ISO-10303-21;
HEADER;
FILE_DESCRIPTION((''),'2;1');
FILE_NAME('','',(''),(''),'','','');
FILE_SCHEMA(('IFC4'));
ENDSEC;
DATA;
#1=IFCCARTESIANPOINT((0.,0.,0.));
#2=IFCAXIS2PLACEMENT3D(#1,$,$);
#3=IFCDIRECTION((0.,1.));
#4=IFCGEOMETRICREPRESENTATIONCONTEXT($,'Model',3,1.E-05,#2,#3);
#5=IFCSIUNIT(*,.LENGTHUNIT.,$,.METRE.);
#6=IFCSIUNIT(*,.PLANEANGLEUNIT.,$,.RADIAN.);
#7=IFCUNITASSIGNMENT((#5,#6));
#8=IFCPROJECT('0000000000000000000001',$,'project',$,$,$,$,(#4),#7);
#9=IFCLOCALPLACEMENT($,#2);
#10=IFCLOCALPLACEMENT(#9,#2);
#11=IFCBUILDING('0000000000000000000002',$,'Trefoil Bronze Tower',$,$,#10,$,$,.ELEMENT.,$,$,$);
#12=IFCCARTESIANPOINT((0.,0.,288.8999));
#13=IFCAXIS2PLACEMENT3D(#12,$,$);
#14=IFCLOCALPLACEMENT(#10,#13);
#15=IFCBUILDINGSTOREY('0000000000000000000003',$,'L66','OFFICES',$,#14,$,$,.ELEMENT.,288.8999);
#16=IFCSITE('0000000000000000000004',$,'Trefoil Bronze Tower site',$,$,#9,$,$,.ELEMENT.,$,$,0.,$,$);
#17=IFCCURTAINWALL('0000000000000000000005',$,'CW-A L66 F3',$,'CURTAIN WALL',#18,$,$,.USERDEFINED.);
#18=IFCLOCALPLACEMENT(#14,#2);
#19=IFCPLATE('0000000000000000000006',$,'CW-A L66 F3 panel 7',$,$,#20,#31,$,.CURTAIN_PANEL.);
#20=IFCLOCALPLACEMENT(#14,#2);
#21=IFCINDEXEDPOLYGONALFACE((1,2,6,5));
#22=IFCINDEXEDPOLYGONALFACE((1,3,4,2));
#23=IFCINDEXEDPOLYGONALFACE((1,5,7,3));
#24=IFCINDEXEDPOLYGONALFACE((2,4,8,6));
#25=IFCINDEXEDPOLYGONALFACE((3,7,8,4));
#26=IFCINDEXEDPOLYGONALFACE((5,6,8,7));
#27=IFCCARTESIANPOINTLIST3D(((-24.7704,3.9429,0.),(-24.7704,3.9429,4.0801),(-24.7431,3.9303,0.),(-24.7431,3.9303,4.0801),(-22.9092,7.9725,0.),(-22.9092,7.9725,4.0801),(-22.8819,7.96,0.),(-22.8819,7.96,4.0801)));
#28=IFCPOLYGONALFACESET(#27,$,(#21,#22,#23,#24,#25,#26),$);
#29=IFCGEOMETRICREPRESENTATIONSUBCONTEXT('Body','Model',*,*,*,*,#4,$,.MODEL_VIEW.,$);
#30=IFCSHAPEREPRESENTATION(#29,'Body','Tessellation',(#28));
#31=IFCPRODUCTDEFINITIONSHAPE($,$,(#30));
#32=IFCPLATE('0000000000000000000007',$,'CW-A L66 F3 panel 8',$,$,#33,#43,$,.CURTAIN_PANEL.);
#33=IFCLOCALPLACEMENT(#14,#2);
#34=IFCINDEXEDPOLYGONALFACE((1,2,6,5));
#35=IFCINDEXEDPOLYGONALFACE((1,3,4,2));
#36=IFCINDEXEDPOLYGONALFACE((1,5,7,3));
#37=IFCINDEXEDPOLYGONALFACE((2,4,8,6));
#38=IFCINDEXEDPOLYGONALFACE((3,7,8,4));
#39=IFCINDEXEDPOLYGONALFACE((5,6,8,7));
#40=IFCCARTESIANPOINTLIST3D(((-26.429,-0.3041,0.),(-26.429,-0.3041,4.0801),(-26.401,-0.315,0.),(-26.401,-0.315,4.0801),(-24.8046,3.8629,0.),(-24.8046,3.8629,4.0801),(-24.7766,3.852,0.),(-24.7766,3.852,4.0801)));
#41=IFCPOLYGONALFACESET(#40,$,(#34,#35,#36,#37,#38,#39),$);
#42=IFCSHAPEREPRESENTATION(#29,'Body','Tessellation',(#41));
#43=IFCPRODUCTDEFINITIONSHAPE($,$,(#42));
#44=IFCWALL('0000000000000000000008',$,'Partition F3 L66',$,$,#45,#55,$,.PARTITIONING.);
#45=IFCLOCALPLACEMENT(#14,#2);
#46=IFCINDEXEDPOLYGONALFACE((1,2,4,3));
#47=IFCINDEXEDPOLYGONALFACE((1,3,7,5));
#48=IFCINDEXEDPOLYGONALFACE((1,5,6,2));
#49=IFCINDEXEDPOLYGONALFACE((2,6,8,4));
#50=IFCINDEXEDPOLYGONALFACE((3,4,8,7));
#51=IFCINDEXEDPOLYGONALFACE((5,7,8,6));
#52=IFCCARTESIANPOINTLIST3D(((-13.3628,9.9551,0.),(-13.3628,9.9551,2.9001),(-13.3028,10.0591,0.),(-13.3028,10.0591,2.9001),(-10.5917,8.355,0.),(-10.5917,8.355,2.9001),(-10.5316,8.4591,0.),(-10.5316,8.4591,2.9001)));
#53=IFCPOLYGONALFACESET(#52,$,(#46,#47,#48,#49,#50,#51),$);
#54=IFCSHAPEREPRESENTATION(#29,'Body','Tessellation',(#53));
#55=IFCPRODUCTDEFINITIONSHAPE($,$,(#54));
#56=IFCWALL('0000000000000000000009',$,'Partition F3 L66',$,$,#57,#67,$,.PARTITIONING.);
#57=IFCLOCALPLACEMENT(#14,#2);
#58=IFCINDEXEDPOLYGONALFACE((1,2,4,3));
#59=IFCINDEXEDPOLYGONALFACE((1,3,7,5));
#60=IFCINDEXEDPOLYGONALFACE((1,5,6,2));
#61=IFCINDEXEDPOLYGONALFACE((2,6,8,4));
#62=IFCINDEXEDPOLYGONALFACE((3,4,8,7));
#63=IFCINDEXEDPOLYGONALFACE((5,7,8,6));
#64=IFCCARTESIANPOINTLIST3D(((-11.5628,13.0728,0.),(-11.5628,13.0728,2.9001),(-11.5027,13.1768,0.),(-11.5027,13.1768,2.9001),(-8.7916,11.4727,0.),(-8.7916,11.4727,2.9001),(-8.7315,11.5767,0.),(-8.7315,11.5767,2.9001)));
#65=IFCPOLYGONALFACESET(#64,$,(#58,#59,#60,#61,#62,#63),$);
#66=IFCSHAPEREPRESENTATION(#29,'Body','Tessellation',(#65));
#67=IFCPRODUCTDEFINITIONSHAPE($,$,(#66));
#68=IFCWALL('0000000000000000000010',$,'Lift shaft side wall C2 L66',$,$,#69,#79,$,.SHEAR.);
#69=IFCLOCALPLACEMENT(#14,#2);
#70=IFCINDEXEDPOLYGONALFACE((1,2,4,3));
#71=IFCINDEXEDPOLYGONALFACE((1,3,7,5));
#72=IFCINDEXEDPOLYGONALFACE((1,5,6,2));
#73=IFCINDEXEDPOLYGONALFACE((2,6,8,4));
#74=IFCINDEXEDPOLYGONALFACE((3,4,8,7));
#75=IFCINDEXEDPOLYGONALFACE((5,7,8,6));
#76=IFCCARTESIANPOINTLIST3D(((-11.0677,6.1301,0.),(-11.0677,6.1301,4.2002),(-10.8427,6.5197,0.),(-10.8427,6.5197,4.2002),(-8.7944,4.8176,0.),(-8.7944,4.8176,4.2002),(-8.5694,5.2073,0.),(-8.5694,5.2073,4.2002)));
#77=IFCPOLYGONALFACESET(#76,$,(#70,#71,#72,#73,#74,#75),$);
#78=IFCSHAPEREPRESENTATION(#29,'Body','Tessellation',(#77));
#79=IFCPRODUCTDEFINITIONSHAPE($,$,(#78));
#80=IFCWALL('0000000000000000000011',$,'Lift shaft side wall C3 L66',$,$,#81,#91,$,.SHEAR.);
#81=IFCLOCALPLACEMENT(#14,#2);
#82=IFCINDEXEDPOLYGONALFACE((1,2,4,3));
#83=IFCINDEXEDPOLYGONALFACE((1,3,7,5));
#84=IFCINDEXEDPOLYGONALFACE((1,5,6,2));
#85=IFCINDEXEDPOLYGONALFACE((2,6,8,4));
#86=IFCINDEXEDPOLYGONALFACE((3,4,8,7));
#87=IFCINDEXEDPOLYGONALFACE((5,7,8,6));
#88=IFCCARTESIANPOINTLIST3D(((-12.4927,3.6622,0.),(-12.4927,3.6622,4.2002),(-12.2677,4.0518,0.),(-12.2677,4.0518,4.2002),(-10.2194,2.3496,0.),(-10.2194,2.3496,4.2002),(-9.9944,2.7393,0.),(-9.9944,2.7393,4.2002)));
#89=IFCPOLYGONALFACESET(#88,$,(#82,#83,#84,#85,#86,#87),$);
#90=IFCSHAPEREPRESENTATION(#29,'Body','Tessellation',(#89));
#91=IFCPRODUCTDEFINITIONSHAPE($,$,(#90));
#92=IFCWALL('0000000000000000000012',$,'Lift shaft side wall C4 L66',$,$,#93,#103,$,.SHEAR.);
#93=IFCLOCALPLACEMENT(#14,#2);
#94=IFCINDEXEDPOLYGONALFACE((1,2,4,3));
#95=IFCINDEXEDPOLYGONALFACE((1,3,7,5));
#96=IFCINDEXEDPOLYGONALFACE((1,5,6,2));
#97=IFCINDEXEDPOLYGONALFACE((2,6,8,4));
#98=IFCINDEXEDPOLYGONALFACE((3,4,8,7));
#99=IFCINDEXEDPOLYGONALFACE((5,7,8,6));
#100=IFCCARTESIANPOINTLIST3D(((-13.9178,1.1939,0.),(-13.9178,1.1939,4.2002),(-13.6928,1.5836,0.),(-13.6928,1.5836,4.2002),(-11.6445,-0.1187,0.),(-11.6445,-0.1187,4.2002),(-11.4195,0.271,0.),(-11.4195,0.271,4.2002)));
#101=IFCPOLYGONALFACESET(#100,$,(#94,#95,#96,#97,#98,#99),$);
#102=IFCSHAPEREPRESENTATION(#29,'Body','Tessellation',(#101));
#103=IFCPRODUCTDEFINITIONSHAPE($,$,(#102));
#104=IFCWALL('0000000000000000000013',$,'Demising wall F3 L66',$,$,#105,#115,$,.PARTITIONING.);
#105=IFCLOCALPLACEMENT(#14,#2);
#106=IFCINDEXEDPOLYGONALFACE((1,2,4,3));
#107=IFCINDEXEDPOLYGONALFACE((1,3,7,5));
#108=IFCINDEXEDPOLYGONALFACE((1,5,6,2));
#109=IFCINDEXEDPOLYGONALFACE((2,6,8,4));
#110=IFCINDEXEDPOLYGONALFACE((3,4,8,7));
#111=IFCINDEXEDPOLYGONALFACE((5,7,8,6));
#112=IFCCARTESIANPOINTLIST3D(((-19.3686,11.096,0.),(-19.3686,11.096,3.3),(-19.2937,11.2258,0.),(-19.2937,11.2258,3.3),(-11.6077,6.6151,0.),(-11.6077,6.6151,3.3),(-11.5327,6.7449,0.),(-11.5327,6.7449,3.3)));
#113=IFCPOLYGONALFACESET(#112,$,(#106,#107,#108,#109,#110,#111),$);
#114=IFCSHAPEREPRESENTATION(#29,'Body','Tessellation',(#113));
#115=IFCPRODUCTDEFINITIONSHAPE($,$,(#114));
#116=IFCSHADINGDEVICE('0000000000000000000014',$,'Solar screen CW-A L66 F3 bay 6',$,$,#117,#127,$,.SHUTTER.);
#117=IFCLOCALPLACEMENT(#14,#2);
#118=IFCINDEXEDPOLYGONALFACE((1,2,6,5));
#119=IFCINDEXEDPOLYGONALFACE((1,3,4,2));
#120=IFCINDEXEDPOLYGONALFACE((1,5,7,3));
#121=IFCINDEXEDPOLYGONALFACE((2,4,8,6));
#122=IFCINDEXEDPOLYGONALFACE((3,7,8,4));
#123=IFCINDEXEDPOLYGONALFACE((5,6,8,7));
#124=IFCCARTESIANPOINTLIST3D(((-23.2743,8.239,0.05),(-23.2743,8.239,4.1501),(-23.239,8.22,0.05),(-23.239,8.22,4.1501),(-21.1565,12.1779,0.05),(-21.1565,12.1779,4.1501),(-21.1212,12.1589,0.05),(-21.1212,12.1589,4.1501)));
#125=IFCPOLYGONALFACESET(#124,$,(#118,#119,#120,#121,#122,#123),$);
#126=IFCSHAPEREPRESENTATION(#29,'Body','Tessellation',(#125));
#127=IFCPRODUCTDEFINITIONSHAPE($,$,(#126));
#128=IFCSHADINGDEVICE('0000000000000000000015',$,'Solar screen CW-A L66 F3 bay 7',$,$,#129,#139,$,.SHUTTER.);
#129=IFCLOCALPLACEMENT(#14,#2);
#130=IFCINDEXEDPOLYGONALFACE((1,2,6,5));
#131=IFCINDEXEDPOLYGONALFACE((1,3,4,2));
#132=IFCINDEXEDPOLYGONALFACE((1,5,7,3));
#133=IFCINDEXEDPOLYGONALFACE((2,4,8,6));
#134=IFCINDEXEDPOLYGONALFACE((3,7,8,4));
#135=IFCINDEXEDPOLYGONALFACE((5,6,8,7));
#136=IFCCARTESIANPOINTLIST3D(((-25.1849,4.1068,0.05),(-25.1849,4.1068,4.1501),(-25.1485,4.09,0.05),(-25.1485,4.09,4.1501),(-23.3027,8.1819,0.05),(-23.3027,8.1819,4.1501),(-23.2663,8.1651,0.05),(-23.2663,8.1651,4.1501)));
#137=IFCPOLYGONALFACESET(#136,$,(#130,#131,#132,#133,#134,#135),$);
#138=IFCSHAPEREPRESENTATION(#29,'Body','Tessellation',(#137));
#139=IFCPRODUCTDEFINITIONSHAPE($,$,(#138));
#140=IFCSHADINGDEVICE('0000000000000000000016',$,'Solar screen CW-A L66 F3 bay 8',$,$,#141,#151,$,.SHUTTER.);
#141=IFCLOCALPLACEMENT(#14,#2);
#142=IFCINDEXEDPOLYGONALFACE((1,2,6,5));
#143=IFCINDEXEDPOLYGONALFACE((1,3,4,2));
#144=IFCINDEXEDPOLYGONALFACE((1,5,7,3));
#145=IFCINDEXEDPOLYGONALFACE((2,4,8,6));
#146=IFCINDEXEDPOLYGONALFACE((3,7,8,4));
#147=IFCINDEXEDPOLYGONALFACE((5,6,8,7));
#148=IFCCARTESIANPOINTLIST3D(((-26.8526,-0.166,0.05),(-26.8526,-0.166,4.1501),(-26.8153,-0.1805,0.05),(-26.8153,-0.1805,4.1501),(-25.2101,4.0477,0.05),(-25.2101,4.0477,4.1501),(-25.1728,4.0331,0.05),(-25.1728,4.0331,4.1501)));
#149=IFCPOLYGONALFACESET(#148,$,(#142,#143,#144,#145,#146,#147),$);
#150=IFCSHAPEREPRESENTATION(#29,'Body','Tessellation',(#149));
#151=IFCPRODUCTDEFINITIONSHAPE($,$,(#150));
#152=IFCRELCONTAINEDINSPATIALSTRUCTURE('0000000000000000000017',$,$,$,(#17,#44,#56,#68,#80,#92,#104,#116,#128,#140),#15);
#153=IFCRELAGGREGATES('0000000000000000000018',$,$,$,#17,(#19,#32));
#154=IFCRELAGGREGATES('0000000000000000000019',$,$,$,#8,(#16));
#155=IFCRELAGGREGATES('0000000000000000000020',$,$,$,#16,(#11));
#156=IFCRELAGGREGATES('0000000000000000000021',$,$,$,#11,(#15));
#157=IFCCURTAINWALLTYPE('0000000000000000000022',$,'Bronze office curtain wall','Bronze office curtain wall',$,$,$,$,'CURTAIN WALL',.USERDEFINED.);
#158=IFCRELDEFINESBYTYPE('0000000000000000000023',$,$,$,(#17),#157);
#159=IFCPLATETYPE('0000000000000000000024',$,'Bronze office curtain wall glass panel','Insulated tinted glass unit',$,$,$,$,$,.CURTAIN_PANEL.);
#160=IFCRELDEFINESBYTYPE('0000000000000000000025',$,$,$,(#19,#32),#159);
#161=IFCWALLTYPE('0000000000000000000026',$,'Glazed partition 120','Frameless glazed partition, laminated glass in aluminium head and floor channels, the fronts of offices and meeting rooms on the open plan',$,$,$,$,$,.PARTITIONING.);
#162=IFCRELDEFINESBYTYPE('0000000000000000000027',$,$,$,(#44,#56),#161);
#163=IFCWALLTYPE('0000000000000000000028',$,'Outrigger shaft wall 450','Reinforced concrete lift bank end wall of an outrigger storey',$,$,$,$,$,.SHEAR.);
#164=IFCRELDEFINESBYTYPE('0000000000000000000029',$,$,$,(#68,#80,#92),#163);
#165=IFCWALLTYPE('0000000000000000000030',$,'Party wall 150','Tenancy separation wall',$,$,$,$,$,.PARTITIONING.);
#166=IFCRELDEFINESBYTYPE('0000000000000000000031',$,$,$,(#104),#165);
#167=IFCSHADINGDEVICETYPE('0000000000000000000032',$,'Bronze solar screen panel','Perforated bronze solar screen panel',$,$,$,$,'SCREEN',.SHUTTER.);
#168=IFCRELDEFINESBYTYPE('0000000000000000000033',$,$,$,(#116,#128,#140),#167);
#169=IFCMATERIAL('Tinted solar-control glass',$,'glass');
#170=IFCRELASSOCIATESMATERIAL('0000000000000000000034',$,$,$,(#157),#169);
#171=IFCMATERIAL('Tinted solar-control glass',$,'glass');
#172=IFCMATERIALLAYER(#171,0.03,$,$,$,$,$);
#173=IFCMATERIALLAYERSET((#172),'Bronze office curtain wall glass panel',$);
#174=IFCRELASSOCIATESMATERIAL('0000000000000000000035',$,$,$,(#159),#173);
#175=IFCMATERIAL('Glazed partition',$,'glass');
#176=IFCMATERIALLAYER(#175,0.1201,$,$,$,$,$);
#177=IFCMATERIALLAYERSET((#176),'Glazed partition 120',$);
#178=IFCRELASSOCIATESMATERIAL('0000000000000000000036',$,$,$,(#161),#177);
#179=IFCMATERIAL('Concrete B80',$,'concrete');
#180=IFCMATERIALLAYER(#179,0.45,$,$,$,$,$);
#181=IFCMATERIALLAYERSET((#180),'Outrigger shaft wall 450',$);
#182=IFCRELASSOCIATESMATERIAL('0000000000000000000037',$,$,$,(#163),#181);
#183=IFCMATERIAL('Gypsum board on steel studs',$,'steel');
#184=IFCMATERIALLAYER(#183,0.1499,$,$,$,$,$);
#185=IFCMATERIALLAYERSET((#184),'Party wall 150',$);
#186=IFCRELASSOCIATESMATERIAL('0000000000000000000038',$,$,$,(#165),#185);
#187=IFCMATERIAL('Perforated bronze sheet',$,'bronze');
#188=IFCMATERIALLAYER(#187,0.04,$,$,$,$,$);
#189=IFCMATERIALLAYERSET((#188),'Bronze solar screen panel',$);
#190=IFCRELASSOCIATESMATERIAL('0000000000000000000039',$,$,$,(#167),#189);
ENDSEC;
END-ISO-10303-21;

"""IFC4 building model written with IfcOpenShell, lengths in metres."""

from ifc_helpers import new_model, si_unit, direction, frame, frame_2d, origin, origin_2d, place, context, subcontext, project, spatial, rectangle, extrude, material, layer, layer_set, type_object, element, aggregate, save


model = new_model("IFC4")

# Units and contexts
model_context = context("Model", 3, precision=1e-05, world=origin(), true_north=direction((0.0, 1.0)))
body_context = subcontext(model_context, "Body", "Model", "MODEL_VIEW")
ifc_project = project(units=[si_unit("LENGTHUNIT", "METRE"), si_unit("PLANEANGLEUNIT", "RADIAN")], contexts=[model_context])

# Site, building, storey
site_placement = place(None, origin())
site = spatial("IfcSite", under=ifc_project, at=site_placement, Name="Trefoil Bronze Tower site", CompositionType="ELEMENT", RefElevation=0.0)
building_placement = place(site_placement, origin())
building = spatial("IfcBuilding", under=site, at=building_placement, Name="Trefoil Bronze Tower", CompositionType="ELEMENT")
storey_placement = place(building_placement, frame((0.0, 0.0, 288.8999)))
storey = spatial("IfcBuildingStorey", under=building, at=storey_placement, Name="L66", Description="OFFICES", CompositionType="ELEMENT", Elevation=288.8999)

# Curtain wall
ifc_material_1 = material(Name="Tinted solar-control glass", Category="glass")
curtain_wall_type = type_object("IfcCurtainWallType", Name="Bronze office curtain wall", Description="Bronze office curtain wall", ElementType="CURTAIN WALL", PredefinedType="USERDEFINED", material=ifc_material_1)
curtain_wall_placement = place(storey_placement, origin())
curtain_wall = element("IfcCurtainWall", 1, at=curtain_wall_placement, inside=storey, type_object=curtain_wall_type, Name="CW-A L66 F3", ObjectType="CURTAIN WALL", PredefinedType="USERDEFINED")

# Plates
ifc_material_2 = material(Name="Tinted solar-control glass", Category="glass")
ifc_layer_1 = layer(ifc_material_2, 0.03)
ifc_layer_set_1 = layer_set([ifc_layer_1], Name="Bronze office curtain wall glass panel")
plate_type = type_object("IfcPlateType", Name="Bronze office curtain wall glass panel", Description="Insulated tinted glass unit", PredefinedType="CURTAIN_PANEL", material=ifc_layer_set_1)
plate_1_placement = place(storey_placement, frame((-23.8262, 5.9514, 0.0), z_axis=(0.0, 0.0, 1.0), x_axis=(-0.419309, -0.907844, 0.0)))
plate_1 = element("IfcPlate", 2, at=plate_1_placement, type_object=plate_type, Name="CW-A L66 F3 panel 7", PredefinedType="CURTAIN_PANEL", context=body_context, shape_type="SweptSolid", body=[
    extrude(rectangle(XDim=4.4387, YDim=0.03, at=origin_2d()), origin(), (0.0, 0.0, 1.0), 4.0801),
])
plate_2_placement = place(storey_placement, frame((-25.6028, 1.7739, 0.0), z_axis=(0.0, 0.0, 1.0), x_axis=(-0.363199, -0.931712, 0.0)))
plate_2 = element("IfcPlate", 3, at=plate_2_placement, type_object=plate_type, Name="CW-A L66 F3 panel 8", PredefinedType="CURTAIN_PANEL", context=body_context, shape_type="SweptSolid", body=[
    extrude(rectangle(XDim=4.4724, YDim=0.03, at=origin_2d()), origin(), (0.0, 0.0, 1.0), 4.0801),
])
aggregate(curtain_wall, [plate_1, plate_2])

# Walls
ifc_material_3 = material(Name="Glazed partition", Category="glass")
ifc_layer_2 = layer(ifc_material_3, 0.1201)
ifc_layer_set_2 = layer_set([ifc_layer_2], Name="Glazed partition 120")
wall_type_1 = type_object("IfcWallType", Name="Glazed partition 120", Description="Frameless glazed partition, laminated glass in aluminium head and floor channels, the fronts of offices and meeting rooms on the open plan", PredefinedType="PARTITIONING", material=ifc_layer_set_2)
for number, where, z_axis, x_axis, name in (
    (4, (-10.5615, 8.407, 0.0), (0.0, 0.0, 1.0), (-0.866009, 0.500028, 0.0), "Partition F3 L66"),
    (5, (-8.7615, 11.5247, 0.0), (0.0, 0.0, 1.0), (-0.866009, 0.500028, 0.0), "Partition F3 L66"),
):
    element("IfcWall", number, at=place(storey_placement, frame(where, z_axis=z_axis, x_axis=x_axis)), inside=storey, type_object=wall_type_1, Name=name, PredefinedType="PARTITIONING", context=body_context, shape_type="SweptSolid", body=[
        extrude(rectangle(XDim=3.2, YDim=0.1201, at=frame_2d((1.6001, 0.0))), origin(), (0.0, 0.0, 1.0), 2.9001),
    ])
ifc_material_4 = material(Name="Concrete B80", Category="concrete")
ifc_layer_3 = layer(ifc_material_4, 0.45)
ifc_layer_set_3 = layer_set([ifc_layer_3], Name="Outrigger shaft wall 450")
wall_type_2 = type_object("IfcWallType", Name="Outrigger shaft wall 450", Description="Reinforced concrete lift bank end wall of an outrigger storey", PredefinedType="SHEAR", material=ifc_layer_set_3)
for number, where, z_axis, x_axis, name in (
    (6, (-8.6819, 5.0125, 0.0), (0.0, 0.0, 1.0), (-0.866037, 0.49998, 0.0), "Lift shaft side wall C2 L66"),
    (7, (-10.1069, 2.5444, 0.0), (0.0, 0.0, 1.0), (-0.866014, 0.50002, 0.0), "Lift shaft side wall C3 L66"),
    (8, (-11.532, 0.0762, 0.0), (0.0, 0.0, 1.0), (-0.866014, 0.50002, 0.0), "Lift shaft side wall C4 L66"),
):
    element("IfcWall", number, at=place(storey_placement, frame(where, z_axis=z_axis, x_axis=x_axis)), inside=storey, type_object=wall_type_2, Name=name, PredefinedType="SHEAR", context=body_context, shape_type="SweptSolid", body=[
        extrude(rectangle(XDim=2.625, YDim=0.45, at=frame_2d((1.3125, 0.0))), origin(), (0.0, 0.0, 1.0), 4.2002),
    ])
ifc_material_5 = material(Name="Gypsum board on steel studs", Category="steel")
ifc_layer_4 = layer(ifc_material_5, 0.1499)
ifc_layer_set_4 = layer_set([ifc_layer_4], Name="Party wall 150")
wall_type_3 = type_object("IfcWallType", Name="Party wall 150", Description="Tenancy separation wall", PredefinedType="PARTITIONING", material=ifc_layer_set_4)
wall_placement = place(storey_placement, frame((-11.5701, 6.6799, 0.0), z_axis=(0.0, 0.0, 1.0), x_axis=(-0.866018, 0.500013, 0.0)))
element("IfcWall", 9, at=wall_placement, inside=storey, type_object=wall_type_3, Name="Demising wall F3 L66", PredefinedType="PARTITIONING", context=body_context, shape_type="SweptSolid", body=[
    extrude(rectangle(XDim=8.9617, YDim=0.1499, at=frame_2d((4.481, 0.0))), origin(), (0.0, 0.0, 1.0), 3.3),
])

# Shading devices
ifc_material_6 = material(Name="Perforated bronze sheet", Category="bronze")
ifc_layer_5 = layer(ifc_material_6, 0.04)
ifc_layer_set_5 = layer_set([ifc_layer_5], Name="Bronze solar screen panel")
shading_device_type = type_object("IfcShadingDeviceType", Name="Bronze solar screen panel", Description="Perforated bronze solar screen panel", ElementType="SCREEN", PredefinedType="SHUTTER", material=ifc_layer_set_5)
shading_device_1_placement = place(storey_placement, frame((-22.1978, 10.199, 0.05), z_axis=(0.0, 0.0, 1.0), x_axis=(-0.473562, -0.88076, 0.0)))
element("IfcShadingDevice", 10, at=shading_device_1_placement, inside=storey, type_object=shading_device_type, Name="Solar screen CW-A L66 F3 bay 6", PredefinedType="SHUTTER", context=body_context, shape_type="SweptSolid", body=[
    extrude(rectangle(XDim=4.4722, YDim=0.04, at=origin_2d()), origin(), (0.0, 0.0, 1.0), 4.1001),
])
shading_device_2_placement = place(storey_placement, frame((-24.2256, 6.136, 0.05), z_axis=(0.0, 0.0, 1.0), x_axis=(-0.419309, -0.907844, 0.0)))
element("IfcShadingDevice", 11, at=shading_device_2_placement, inside=storey, type_object=shading_device_type, Name="Solar screen CW-A L66 F3 bay 7", PredefinedType="SHUTTER", context=body_context, shape_type="SweptSolid", body=[
    extrude(rectangle(XDim=4.4888, YDim=0.04, at=origin_2d()), origin(), (0.0, 0.0, 1.0), 4.1001),
])
shading_device_3_placement = place(storey_placement, frame((-26.0127, 1.9336, 0.05), z_axis=(0.0, 0.0, 1.0), x_axis=(-0.363199, -0.931712, 0.0)))
element("IfcShadingDevice", 12, at=shading_device_3_placement, inside=storey, type_object=shading_device_type, Name="Solar screen CW-A L66 F3 bay 8", PredefinedType="SHUTTER", context=body_context, shape_type="SweptSolid", body=[
    extrude(rectangle(XDim=4.5225, YDim=0.04, at=origin_2d()), origin(), (0.0, 0.0, 1.0), 4.1001),
])

save(model, "model.ifc")
